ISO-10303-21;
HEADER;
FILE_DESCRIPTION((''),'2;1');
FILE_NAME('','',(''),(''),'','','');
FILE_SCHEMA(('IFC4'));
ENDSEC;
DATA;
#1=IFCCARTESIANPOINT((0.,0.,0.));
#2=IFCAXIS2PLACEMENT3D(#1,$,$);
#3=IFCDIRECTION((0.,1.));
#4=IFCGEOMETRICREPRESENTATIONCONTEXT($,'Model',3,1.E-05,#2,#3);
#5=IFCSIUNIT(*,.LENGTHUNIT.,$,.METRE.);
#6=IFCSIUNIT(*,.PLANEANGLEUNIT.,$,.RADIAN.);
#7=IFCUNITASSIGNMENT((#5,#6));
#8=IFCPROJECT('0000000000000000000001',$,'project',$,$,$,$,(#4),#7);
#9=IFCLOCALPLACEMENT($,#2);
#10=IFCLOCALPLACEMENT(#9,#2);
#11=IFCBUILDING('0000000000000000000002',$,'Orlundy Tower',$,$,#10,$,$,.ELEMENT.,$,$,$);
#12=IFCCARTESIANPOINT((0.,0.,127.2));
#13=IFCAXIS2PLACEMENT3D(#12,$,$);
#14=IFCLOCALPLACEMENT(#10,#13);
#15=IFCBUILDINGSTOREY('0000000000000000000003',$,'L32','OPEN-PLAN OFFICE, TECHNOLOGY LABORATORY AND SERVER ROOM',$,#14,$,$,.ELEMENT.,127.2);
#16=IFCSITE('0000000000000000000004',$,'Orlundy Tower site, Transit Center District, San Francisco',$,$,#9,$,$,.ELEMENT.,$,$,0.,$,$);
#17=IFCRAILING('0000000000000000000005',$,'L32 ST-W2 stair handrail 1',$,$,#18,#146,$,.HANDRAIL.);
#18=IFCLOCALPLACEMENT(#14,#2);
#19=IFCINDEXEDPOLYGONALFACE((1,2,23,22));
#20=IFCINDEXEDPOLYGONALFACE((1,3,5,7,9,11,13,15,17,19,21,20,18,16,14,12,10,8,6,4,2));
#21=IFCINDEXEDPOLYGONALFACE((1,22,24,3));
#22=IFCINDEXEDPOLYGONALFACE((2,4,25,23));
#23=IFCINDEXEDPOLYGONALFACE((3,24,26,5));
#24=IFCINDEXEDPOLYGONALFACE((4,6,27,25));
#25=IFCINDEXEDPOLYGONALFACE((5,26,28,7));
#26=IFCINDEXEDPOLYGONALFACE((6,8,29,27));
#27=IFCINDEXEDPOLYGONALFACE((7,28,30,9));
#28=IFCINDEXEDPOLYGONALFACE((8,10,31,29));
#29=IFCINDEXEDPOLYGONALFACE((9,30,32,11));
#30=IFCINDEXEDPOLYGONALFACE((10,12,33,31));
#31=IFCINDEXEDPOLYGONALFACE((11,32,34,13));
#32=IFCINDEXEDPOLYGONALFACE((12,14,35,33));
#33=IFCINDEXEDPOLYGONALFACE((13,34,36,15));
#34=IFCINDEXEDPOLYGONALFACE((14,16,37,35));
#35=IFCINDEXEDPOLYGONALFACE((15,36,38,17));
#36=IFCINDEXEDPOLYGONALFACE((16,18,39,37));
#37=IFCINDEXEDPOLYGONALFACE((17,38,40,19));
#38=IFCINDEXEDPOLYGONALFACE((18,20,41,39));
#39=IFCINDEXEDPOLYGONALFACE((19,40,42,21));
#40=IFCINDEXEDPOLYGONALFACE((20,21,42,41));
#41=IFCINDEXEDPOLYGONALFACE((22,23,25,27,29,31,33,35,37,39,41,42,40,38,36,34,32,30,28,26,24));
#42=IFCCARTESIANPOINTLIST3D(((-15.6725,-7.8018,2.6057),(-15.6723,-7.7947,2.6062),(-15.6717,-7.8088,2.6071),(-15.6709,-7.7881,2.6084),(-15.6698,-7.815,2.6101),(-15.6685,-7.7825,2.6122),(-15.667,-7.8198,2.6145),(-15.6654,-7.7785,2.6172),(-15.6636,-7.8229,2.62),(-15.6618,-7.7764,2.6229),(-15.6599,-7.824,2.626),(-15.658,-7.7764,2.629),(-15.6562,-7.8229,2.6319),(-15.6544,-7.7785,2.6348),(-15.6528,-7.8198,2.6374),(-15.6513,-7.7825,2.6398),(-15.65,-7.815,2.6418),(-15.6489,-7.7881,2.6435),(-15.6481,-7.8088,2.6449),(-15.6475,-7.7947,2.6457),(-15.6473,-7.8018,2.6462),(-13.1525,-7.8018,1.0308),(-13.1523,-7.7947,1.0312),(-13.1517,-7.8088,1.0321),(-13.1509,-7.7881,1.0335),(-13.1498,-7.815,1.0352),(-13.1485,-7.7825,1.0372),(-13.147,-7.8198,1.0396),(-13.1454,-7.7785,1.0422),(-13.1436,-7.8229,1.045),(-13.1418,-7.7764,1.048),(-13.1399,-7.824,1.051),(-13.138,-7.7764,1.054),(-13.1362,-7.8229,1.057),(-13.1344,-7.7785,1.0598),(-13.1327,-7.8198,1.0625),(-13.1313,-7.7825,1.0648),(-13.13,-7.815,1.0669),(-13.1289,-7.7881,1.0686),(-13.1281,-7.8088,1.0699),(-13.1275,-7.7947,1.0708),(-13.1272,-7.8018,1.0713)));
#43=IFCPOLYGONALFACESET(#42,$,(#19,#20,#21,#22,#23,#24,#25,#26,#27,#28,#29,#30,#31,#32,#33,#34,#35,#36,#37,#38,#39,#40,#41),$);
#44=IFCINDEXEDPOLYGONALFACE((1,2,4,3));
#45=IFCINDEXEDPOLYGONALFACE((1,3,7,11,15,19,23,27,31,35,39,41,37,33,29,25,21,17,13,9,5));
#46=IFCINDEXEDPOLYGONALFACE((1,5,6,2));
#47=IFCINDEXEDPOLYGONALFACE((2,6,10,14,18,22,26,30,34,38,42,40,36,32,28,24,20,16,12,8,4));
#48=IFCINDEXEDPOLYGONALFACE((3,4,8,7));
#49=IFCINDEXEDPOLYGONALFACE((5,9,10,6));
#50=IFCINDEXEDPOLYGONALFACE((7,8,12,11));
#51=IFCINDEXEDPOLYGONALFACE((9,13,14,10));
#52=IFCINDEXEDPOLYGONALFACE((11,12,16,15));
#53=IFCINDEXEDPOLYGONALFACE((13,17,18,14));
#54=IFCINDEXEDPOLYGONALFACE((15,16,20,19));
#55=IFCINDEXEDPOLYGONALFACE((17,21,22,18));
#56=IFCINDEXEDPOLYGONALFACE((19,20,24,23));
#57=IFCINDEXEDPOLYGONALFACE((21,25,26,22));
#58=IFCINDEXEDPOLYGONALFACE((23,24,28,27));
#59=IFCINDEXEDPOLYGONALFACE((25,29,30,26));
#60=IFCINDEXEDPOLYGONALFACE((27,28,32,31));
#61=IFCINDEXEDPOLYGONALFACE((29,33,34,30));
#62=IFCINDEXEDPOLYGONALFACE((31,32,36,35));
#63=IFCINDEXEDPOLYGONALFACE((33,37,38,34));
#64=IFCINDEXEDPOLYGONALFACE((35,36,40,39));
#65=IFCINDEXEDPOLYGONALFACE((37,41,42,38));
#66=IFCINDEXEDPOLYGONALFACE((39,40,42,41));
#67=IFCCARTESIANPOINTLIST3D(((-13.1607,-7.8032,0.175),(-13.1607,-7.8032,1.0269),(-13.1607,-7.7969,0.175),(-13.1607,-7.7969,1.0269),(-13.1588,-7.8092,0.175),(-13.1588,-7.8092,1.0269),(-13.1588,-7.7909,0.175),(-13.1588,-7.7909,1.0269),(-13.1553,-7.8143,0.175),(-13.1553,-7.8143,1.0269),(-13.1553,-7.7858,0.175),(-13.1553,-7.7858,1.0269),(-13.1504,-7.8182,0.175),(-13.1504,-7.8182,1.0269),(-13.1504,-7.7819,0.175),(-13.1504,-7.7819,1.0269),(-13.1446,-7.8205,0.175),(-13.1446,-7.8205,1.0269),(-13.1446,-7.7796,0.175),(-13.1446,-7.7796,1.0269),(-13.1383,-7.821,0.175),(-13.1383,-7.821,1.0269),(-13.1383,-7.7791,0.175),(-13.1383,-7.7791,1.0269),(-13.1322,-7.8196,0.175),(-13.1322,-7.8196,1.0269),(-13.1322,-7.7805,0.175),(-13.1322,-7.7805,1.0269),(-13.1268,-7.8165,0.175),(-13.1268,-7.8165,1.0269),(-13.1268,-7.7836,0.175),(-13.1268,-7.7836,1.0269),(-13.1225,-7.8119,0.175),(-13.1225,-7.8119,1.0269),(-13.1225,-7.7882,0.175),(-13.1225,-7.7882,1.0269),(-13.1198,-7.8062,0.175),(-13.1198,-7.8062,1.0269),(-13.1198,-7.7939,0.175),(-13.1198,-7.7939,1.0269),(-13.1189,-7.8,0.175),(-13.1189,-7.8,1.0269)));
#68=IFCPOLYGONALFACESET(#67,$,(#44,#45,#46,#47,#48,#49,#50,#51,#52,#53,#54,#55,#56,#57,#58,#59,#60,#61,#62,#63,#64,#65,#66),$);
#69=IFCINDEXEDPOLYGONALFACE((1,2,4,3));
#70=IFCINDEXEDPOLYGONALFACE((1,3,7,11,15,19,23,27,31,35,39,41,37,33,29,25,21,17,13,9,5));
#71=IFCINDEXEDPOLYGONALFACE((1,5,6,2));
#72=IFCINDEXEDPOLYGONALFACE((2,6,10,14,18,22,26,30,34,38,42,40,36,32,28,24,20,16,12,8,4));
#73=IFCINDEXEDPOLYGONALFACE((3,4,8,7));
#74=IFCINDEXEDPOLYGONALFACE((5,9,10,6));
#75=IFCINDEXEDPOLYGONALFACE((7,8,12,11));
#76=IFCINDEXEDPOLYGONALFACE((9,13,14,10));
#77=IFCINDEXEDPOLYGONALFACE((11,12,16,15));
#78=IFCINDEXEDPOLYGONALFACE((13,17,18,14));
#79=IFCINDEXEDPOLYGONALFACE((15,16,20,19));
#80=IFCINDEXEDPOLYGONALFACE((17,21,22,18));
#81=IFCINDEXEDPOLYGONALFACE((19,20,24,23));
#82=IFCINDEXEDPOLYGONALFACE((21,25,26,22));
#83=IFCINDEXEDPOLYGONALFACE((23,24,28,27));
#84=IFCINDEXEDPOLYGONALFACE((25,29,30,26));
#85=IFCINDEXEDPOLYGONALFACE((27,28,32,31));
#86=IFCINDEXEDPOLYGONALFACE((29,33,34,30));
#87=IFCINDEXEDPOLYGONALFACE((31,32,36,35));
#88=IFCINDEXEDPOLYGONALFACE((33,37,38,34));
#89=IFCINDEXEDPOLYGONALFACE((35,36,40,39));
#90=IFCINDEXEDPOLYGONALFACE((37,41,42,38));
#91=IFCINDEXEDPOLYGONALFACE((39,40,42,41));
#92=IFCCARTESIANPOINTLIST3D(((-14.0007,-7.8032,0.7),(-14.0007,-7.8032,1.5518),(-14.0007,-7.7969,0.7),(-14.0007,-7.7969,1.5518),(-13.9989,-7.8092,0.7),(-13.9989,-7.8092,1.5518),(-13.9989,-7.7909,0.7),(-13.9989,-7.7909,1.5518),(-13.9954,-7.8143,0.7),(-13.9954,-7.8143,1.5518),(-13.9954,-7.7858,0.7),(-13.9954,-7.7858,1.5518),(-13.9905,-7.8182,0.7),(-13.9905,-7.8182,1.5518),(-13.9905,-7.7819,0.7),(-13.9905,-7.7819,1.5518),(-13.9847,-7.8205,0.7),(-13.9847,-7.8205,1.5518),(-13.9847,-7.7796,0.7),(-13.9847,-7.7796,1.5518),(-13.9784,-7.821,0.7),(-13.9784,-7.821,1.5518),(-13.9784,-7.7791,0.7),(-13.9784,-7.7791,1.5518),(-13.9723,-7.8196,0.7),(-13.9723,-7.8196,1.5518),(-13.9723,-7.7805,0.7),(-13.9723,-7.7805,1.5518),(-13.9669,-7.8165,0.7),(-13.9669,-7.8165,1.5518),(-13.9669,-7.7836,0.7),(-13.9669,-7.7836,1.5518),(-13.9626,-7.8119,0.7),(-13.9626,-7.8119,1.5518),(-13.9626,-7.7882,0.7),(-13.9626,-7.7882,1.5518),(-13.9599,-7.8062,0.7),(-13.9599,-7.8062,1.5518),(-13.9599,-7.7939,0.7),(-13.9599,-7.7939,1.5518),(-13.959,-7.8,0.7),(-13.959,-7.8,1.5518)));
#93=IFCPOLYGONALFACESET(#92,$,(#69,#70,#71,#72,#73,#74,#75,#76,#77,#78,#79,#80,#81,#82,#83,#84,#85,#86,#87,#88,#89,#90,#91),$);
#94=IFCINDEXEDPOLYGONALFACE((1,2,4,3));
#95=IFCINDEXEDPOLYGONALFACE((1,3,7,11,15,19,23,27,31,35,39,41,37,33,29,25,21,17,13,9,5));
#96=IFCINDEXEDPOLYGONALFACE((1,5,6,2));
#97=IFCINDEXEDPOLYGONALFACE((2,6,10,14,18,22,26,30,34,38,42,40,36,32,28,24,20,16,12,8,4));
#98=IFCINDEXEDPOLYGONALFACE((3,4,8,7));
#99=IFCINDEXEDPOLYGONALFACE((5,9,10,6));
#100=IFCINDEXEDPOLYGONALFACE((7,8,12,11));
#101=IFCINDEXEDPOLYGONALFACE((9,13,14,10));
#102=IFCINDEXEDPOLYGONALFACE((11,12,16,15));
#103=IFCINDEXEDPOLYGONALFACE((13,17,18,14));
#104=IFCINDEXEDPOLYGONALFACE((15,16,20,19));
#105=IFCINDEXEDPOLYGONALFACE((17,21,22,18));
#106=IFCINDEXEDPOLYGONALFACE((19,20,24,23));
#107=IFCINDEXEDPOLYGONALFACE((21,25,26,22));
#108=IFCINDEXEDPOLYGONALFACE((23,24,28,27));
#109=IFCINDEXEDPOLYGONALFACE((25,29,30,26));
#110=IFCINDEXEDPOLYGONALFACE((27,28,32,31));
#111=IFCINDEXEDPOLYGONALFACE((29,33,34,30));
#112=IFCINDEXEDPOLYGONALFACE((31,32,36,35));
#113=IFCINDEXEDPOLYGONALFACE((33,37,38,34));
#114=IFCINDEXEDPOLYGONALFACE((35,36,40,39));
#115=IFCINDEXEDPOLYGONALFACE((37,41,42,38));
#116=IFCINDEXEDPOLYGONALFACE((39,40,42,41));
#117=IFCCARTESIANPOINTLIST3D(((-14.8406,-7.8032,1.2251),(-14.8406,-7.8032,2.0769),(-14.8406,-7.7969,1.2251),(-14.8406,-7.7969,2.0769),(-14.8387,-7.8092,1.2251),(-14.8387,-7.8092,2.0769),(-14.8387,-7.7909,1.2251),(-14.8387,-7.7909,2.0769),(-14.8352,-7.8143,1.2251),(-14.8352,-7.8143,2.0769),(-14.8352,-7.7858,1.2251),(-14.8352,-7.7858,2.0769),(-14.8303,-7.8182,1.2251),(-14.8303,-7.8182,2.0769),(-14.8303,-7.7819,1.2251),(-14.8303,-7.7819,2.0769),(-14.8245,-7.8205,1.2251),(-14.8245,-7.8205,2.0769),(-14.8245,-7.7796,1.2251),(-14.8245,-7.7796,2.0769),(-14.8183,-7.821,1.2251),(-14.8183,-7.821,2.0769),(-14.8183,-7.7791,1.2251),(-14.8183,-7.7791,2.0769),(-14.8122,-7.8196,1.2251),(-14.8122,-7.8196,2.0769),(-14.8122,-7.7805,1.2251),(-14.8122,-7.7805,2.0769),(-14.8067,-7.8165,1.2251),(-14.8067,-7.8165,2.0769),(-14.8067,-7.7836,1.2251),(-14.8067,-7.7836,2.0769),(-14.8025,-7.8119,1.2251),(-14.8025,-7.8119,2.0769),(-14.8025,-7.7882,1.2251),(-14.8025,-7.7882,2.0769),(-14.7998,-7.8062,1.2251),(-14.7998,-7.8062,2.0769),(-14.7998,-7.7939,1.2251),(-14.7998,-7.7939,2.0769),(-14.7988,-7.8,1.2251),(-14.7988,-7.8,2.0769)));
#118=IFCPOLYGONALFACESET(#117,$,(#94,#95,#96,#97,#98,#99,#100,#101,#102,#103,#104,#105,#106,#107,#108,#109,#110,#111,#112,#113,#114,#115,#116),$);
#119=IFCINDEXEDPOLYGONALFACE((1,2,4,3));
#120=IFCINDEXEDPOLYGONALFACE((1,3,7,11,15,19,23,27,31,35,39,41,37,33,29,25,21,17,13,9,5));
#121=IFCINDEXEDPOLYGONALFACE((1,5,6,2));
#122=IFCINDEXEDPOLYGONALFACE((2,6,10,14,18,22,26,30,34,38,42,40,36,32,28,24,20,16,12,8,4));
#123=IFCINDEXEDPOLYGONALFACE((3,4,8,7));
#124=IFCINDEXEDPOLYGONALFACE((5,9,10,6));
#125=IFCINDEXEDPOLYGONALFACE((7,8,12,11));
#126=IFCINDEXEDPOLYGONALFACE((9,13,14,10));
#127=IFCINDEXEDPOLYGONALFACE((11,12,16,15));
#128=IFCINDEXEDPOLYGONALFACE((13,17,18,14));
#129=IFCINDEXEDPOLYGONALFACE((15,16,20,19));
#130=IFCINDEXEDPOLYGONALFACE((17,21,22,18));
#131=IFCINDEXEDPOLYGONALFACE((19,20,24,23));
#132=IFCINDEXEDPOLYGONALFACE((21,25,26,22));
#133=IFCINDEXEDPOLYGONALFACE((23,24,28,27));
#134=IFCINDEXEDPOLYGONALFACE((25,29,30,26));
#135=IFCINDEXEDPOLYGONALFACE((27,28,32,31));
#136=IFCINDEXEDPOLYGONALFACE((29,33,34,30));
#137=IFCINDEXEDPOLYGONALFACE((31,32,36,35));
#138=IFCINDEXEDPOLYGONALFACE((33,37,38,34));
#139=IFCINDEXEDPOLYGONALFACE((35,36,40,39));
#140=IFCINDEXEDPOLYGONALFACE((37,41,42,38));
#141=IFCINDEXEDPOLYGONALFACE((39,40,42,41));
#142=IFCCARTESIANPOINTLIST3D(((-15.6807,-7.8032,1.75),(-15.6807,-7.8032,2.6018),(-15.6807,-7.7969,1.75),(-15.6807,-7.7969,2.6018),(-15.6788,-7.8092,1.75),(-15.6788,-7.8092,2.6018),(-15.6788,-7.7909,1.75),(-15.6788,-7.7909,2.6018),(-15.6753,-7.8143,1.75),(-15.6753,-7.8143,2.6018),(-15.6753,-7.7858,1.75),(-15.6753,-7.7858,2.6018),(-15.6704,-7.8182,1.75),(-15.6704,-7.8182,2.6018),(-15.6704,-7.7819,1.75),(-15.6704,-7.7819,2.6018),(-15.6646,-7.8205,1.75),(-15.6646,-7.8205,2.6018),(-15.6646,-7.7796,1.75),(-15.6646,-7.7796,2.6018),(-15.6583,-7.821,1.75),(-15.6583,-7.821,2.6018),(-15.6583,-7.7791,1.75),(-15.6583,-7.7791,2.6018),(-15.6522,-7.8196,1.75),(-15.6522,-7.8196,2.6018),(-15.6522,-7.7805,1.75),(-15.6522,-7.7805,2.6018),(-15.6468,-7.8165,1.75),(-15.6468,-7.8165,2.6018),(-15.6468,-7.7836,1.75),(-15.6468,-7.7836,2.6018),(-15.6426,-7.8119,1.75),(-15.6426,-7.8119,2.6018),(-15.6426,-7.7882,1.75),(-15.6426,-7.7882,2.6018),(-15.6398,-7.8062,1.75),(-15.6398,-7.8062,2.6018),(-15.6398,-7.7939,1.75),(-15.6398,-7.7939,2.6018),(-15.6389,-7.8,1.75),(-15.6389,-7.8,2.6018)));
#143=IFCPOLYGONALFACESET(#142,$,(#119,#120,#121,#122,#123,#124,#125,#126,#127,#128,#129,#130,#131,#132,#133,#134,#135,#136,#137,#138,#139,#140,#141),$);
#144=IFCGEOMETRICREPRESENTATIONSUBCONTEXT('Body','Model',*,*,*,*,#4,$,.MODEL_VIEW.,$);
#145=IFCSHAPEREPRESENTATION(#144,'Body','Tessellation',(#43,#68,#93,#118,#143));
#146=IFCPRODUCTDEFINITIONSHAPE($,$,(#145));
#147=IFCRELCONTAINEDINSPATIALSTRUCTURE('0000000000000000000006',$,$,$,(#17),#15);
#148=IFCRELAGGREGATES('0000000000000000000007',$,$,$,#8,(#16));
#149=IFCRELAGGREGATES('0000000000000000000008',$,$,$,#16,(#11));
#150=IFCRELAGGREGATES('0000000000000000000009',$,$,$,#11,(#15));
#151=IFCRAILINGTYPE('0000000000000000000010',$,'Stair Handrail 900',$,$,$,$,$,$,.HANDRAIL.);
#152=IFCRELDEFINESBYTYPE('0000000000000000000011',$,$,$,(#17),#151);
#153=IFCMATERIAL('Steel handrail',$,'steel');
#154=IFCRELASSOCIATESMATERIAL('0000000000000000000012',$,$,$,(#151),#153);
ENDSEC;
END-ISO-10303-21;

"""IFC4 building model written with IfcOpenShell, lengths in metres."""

from ifc_helpers import new_model, si_unit, direction, frame, origin, origin_2d, place, context, subcontext, project, spatial, circle, extrude, material, type_object, element, save


model = new_model("IFC4")

# Units and contexts
model_context = context("Model", 3, precision=1e-05, world=origin(), true_north=direction((0.0, 1.0)))
body_context = subcontext(model_context, "Body", "Model", "MODEL_VIEW")
ifc_project = project(units=[si_unit("LENGTHUNIT", "METRE"), si_unit("PLANEANGLEUNIT", "RADIAN")], contexts=[model_context])

# Site, building, storey
site_placement = place(None, origin())
site = spatial("IfcSite", under=ifc_project, at=site_placement, Name="Orlundy Tower site, Transit Center District, San Francisco", CompositionType="ELEMENT", RefElevation=0.0)
building_placement = place(site_placement, origin())
building = spatial("IfcBuilding", under=site, at=building_placement, Name="Orlundy Tower", CompositionType="ELEMENT")
storey_placement = place(building_placement, frame((0.0, 0.0, 127.2)))
storey = spatial("IfcBuildingStorey", under=building, at=storey_placement, Name="L32", Description="OPEN-PLAN OFFICE, TECHNOLOGY LABORATORY AND SERVER ROOM", CompositionType="ELEMENT", Elevation=127.2)

# Railing
ifc_material_1 = material(Name="Steel handrail", Category="steel")
railing_type_1 = type_object("IfcRailingType", Name="Stair Handrail 900", PredefinedType="HANDRAIL", material=ifc_material_1)
railing_1_placement = place(storey_placement, frame((-13.1399, -7.8, 0.175)))
element("IfcRailing", 1, at=railing_1_placement, inside=storey, type_object=railing_type_1, Name="L32 ST-W2 stair handrail 1", PredefinedType="HANDRAIL", context=body_context, shape_type="SweptSolid", body=[
    extrude(circle(Radius=0.0239, at=origin_2d()), frame((0.0, 0.0, 0.876), z_axis=(-0.848008, 0.0, 0.529984), x_axis=(0.0, -1.0, 0.0)), (0.0, 0.0, 1.0), 2.9717),
    extrude(circle(Radius=0.021, at=origin_2d()), origin(), (0.0, 0.0, 1.0), 0.8518),
    extrude(circle(Radius=0.021, at=origin_2d()), frame((-0.8401, 0.0, 0.5249)), (0.0, 0.0, 1.0), 0.8518),
    extrude(circle(Radius=0.021, at=origin_2d()), frame((-1.6799, 0.0, 1.05)), (0.0, 0.0, 1.0), 0.8518),
    extrude(circle(Radius=0.021, at=origin_2d()), frame((-2.52, 0.0, 1.575)), (0.0, 0.0, 1.0), 0.8518),
])

save(model, "model.ifc")
